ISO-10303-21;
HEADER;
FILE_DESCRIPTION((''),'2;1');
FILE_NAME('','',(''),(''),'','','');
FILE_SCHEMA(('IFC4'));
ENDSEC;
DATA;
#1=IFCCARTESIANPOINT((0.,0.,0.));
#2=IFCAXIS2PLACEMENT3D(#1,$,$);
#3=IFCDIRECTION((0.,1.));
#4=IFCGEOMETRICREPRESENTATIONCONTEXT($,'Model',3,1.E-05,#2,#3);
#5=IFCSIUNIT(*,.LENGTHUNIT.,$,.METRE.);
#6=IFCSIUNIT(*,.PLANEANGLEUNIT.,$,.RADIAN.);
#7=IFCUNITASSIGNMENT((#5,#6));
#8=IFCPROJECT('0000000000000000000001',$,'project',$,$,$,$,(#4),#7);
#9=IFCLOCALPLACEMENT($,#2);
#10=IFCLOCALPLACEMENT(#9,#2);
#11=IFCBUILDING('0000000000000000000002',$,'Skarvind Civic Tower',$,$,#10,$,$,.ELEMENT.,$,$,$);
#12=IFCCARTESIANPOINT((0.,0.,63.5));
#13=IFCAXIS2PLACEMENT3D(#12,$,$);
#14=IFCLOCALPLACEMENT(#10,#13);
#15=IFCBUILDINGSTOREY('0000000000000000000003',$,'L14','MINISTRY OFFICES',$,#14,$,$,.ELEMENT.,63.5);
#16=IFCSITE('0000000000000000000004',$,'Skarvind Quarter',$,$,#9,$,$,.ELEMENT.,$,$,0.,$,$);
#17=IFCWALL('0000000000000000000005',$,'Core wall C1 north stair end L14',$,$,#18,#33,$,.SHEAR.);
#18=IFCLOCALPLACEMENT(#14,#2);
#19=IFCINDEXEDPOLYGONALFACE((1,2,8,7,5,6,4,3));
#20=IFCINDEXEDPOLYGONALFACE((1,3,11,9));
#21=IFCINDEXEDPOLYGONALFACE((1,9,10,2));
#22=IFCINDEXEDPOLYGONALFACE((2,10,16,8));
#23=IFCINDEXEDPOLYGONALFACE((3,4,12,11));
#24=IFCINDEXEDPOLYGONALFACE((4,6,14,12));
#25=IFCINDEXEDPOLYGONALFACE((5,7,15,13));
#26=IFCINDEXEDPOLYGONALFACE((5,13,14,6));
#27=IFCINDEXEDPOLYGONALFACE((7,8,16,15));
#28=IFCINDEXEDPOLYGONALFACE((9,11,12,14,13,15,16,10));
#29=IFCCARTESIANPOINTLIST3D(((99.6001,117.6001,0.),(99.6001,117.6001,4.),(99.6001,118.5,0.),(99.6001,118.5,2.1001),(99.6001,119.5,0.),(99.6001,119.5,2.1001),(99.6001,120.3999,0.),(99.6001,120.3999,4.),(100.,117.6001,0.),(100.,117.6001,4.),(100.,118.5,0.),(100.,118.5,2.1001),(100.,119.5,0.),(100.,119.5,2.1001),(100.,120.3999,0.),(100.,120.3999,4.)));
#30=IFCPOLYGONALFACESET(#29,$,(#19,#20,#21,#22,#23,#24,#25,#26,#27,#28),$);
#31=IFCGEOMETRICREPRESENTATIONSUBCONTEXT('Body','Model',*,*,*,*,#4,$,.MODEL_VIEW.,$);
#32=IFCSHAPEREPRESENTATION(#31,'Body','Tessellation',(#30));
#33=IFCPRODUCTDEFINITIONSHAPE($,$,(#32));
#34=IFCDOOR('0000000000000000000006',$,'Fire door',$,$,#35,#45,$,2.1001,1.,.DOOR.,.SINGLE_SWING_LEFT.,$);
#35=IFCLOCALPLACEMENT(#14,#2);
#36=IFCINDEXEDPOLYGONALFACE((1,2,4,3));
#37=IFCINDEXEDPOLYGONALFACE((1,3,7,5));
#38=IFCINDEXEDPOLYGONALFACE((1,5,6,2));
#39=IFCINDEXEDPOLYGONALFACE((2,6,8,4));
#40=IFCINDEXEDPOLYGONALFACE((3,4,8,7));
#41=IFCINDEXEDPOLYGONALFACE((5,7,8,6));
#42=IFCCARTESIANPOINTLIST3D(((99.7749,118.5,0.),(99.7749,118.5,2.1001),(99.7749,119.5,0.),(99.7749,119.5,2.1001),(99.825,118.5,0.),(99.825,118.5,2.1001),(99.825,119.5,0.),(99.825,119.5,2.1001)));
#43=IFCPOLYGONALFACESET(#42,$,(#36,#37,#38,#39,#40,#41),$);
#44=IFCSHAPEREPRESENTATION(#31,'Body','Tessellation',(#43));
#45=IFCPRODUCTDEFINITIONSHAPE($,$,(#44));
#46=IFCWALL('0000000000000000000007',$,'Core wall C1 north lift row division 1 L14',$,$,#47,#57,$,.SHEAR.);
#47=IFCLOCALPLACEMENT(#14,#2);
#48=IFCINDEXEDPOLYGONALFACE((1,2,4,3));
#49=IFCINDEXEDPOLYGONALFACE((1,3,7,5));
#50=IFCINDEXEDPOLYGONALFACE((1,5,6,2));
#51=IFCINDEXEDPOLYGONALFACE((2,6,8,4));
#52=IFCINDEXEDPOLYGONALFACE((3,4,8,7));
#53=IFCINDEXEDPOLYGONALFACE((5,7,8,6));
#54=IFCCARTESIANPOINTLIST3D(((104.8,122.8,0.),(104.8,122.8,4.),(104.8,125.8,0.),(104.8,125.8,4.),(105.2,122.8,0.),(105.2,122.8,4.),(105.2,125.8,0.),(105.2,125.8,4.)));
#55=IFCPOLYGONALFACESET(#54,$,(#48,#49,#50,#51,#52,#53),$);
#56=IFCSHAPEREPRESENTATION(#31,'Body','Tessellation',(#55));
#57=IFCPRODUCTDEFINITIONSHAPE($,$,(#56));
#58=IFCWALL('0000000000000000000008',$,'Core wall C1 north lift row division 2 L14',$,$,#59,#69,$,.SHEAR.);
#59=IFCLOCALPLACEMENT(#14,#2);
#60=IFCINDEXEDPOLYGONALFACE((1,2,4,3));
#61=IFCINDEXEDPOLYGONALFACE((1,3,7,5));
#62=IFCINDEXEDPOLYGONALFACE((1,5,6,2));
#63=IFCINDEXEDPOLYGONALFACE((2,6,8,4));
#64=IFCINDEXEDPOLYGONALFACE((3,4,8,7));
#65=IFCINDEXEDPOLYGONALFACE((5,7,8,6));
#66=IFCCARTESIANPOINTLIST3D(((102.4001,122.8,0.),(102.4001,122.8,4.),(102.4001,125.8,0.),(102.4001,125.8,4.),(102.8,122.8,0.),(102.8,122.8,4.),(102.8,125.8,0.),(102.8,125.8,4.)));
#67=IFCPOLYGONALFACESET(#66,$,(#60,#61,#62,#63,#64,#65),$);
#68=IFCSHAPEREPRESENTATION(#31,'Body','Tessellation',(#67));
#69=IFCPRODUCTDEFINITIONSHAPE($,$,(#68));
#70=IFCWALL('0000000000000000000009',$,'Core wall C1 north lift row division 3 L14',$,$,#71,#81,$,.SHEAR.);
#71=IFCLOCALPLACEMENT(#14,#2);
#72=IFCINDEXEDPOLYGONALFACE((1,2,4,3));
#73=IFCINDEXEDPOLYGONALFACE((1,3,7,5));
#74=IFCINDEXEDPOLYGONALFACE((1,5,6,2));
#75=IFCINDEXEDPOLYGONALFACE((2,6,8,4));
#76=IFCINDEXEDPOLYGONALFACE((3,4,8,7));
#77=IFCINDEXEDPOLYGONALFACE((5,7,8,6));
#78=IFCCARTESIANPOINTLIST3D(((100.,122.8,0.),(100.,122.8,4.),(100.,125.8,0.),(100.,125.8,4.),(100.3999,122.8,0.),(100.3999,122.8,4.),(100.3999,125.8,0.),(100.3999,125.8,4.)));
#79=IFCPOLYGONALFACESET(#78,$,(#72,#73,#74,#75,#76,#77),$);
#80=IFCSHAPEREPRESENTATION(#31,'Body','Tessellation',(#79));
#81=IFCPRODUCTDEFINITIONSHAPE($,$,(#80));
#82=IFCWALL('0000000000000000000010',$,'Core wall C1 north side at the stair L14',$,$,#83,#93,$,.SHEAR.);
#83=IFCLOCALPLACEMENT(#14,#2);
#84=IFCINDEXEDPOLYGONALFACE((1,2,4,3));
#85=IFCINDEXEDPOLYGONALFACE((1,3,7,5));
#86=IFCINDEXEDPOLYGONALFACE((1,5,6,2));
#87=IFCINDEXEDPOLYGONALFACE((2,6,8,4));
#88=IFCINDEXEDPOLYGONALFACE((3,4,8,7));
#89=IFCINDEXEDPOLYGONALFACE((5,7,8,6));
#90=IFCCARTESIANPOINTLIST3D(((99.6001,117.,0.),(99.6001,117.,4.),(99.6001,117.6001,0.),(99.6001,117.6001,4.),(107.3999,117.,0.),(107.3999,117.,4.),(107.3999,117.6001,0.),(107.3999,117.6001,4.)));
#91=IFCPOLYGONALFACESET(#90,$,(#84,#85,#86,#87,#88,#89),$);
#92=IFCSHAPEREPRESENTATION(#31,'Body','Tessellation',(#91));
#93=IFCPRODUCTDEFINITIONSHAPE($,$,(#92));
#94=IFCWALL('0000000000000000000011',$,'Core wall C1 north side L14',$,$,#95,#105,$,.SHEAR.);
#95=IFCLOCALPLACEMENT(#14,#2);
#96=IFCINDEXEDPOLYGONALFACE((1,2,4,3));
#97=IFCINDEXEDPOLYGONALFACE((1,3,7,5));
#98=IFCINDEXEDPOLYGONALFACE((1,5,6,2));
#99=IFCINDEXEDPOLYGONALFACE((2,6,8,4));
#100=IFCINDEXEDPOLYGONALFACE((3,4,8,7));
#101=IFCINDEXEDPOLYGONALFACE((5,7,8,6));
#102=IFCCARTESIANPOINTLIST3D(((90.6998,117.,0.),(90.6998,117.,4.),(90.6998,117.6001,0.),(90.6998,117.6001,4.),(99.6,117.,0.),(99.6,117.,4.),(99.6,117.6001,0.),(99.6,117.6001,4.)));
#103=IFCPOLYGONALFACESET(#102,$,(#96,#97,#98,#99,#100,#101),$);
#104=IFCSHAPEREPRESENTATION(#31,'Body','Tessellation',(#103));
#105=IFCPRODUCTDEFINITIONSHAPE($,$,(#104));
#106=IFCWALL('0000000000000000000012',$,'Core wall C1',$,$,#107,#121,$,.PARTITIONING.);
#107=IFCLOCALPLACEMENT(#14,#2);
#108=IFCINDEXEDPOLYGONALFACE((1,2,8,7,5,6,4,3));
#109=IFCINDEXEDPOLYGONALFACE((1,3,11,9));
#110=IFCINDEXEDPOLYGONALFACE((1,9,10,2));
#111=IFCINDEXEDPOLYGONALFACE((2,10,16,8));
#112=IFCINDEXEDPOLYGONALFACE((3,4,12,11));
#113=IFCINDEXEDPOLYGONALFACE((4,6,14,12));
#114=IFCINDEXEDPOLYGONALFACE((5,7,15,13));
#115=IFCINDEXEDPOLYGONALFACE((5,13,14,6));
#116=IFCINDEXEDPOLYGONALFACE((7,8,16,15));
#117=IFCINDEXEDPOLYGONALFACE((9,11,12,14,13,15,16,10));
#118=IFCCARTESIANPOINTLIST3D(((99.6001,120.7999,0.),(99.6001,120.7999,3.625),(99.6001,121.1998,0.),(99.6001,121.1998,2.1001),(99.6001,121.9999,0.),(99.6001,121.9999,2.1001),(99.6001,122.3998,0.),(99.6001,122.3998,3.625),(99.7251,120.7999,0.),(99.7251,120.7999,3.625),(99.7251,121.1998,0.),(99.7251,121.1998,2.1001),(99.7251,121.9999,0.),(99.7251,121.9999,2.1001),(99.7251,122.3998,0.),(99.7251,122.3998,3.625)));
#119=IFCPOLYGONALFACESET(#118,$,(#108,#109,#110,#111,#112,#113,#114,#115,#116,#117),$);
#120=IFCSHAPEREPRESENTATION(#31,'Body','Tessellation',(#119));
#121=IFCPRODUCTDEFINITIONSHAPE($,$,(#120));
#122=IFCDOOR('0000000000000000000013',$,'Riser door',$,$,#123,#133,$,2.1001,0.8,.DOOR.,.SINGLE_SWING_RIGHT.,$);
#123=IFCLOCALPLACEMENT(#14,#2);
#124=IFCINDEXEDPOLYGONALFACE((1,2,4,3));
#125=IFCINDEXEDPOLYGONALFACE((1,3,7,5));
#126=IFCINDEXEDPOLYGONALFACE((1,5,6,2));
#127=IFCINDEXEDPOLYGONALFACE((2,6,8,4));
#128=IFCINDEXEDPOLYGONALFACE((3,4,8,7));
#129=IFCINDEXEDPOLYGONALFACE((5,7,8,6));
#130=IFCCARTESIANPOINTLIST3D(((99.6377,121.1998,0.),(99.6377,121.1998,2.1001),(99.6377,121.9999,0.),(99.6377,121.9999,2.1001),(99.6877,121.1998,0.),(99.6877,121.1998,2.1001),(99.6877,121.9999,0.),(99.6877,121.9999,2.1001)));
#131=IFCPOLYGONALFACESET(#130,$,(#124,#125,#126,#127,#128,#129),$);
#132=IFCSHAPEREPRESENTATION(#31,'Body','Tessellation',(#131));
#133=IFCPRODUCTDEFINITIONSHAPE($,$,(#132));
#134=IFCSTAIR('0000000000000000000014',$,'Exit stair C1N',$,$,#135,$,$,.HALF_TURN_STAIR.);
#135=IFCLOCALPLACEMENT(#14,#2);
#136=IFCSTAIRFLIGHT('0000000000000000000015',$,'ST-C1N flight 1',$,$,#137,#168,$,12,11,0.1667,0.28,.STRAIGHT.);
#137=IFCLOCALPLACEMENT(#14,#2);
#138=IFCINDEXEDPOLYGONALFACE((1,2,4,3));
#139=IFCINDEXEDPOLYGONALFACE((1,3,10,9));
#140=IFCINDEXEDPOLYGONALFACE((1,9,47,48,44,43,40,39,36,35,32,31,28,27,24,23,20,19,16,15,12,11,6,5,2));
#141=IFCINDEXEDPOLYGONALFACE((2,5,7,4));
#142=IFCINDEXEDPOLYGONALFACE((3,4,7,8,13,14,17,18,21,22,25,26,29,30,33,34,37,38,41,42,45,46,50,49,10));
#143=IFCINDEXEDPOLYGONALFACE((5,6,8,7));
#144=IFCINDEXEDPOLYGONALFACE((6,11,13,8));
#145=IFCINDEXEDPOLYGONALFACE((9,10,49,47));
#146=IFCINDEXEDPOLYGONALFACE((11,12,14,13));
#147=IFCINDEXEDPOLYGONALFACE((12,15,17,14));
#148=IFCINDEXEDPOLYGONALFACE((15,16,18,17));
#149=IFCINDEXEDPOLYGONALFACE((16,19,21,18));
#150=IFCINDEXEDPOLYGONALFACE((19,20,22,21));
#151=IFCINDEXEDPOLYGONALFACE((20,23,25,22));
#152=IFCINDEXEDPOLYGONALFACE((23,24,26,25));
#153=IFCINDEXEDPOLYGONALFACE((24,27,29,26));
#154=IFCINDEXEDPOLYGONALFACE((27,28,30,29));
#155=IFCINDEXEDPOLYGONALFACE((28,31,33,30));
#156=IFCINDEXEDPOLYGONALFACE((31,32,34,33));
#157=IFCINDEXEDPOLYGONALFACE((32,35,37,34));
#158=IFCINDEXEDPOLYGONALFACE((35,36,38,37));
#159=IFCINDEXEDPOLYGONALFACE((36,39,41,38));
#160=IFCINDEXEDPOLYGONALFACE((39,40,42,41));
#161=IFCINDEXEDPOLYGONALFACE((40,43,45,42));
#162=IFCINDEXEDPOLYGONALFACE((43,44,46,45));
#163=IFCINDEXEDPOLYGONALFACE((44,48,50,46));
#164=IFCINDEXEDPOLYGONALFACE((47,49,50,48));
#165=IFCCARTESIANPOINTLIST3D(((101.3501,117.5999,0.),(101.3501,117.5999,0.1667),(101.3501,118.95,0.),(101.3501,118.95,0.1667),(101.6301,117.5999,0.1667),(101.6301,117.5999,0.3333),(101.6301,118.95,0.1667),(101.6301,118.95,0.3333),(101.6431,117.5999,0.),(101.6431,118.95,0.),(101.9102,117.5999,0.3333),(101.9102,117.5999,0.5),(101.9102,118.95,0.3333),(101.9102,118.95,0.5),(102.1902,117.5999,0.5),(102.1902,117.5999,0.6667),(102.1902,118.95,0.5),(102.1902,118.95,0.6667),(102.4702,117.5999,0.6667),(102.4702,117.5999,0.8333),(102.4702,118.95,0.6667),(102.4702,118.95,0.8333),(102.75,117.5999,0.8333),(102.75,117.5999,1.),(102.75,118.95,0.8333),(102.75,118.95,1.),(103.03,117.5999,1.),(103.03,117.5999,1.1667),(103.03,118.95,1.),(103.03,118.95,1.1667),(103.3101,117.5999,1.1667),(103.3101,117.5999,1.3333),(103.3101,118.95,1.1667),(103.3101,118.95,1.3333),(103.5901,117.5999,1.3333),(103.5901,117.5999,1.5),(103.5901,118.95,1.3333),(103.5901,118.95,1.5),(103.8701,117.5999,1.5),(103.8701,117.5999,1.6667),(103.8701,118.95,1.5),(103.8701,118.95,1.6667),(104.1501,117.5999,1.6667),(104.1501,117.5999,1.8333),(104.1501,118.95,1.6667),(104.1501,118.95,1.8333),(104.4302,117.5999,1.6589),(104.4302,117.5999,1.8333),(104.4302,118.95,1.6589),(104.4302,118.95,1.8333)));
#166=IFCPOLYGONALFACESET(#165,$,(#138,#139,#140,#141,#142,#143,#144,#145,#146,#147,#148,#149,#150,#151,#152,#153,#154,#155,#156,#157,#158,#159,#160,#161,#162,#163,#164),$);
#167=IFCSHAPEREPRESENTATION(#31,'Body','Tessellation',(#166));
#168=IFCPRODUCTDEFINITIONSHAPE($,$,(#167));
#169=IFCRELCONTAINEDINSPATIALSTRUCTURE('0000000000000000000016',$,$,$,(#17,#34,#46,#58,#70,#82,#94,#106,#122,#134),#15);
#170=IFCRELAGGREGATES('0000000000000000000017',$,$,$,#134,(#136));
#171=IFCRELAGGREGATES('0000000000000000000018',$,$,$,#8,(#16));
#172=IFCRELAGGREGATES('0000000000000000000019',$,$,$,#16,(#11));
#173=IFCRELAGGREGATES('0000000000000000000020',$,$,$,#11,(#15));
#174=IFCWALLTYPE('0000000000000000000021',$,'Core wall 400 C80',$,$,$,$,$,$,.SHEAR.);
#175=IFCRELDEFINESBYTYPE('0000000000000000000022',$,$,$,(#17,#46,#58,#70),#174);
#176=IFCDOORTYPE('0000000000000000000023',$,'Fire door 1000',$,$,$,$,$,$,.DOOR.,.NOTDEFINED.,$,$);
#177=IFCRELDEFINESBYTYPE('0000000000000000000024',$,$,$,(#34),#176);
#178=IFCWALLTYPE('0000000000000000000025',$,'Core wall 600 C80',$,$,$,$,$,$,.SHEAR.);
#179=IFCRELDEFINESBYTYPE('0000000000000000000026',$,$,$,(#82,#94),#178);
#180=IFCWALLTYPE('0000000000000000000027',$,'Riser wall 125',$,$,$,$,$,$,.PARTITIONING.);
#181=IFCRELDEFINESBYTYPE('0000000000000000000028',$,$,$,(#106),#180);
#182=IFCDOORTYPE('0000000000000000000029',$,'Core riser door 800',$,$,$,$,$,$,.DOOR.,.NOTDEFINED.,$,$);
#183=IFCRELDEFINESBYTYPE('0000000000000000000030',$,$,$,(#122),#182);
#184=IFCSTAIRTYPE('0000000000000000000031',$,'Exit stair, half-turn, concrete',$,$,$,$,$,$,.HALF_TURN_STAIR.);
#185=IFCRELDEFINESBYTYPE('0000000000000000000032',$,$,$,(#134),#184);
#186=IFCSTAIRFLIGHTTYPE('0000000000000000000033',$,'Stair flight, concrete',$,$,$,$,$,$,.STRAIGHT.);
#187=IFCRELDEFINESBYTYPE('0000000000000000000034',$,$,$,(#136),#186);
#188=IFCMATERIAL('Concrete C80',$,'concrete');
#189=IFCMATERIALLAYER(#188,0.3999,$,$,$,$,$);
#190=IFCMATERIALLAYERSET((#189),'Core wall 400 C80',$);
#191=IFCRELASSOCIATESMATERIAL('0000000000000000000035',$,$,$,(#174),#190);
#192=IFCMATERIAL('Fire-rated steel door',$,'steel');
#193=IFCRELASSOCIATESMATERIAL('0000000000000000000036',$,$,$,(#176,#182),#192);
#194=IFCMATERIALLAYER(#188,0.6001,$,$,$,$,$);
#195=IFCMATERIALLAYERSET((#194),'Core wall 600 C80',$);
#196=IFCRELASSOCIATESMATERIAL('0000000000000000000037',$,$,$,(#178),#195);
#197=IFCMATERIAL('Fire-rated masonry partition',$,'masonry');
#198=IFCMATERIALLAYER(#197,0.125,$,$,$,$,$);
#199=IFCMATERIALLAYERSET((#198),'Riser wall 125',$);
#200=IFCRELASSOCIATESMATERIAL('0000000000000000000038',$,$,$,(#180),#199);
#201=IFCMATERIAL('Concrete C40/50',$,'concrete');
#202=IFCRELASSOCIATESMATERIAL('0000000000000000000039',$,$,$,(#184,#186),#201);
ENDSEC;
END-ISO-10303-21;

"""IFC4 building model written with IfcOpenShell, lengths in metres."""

from ifc_helpers import new_model, si_unit, direction, frame, frame_2d, origin, place, context, subcontext, project, spatial, polyline, rectangle, outline, extrude, material, layer, layer_set, type_object, element, fill, aggregate, save


model = new_model("IFC4")

# Units and contexts
model_context = context("Model", 3, precision=1e-05, world=origin(), true_north=direction((0.0, 1.0)))
body_context = subcontext(model_context, "Body", "Model", "MODEL_VIEW")
ifc_project = project(units=[si_unit("LENGTHUNIT", "METRE"), si_unit("PLANEANGLEUNIT", "RADIAN")], contexts=[model_context])

# Site, building, storey
site_placement = place(None, origin())
site = spatial("IfcSite", under=ifc_project, at=site_placement, Name="Skarvind Quarter", CompositionType="ELEMENT", RefElevation=0.0)
building_placement = place(site_placement, origin())
building = spatial("IfcBuilding", under=site, at=building_placement, Name="Skarvind Civic Tower", CompositionType="ELEMENT")
storey_placement = place(building_placement, frame((0.0, 0.0, 63.5)))
storey = spatial("IfcBuildingStorey", under=building, at=storey_placement, Name="L14", Description="MINISTRY OFFICES", CompositionType="ELEMENT", Elevation=63.5)

# Wall, opening, door
ifc_material_1 = material(Name="Concrete C80", Category="concrete")
ifc_layer_1 = layer(ifc_material_1, 0.3999)
ifc_layer_set_1 = layer_set([ifc_layer_1], Name="Core wall 400 C80")
wall_type_1 = type_object("IfcWallType", Name="Core wall 400 C80", PredefinedType="SHEAR", material=ifc_layer_set_1)
wall_1_placement = place(storey_placement, frame((99.8, 120.3999, 0.0), z_axis=(0.0, 0.0, 1.0), x_axis=(0.0, -1.0, 0.0)))
wall_1 = element("IfcWall", 1, at=wall_1_placement, inside=storey, type_object=wall_type_1, Name="Core wall C1 north stair end L14", PredefinedType="SHEAR", context=body_context, shape_type="SweptSolid", body=[
    extrude(rectangle(XDim=2.7998, YDim=0.3999, at=frame_2d((1.3999, 0.0))), origin(), (0.0, 0.0, 1.0), 4.0),
])
opening_1_placement = place(wall_1_placement, frame((0.8999, 0.0, 0.0)))
opening_1 = element("IfcOpeningElement", 2, at=opening_1_placement, cuts=wall_1, PredefinedType="OPENING", context=body_context, shape_type="SweptSolid", body=[
    extrude(rectangle(XDim=1.0, YDim=2.1001, at=frame_2d((0.5, 1.05))), frame((0.0, 0.21, 0.0), z_axis=(0.0, -1.0, 0.0), x_axis=(1.0, 0.0, 0.0)), (0.0, 0.0, 1.0), 0.4199),
])
ifc_material_2 = material(Name="Fire-rated steel door", Category="steel")
door_type_1 = type_object("IfcDoorType", Name="Fire door 1000", OperationType="NOTDEFINED", PredefinedType="DOOR", material=ifc_material_2)
door_1_placement = place(opening_1_placement, origin())
door_1 = element("IfcDoor", 3, at=door_1_placement, inside=storey, type_object=door_type_1, Name="Fire door", OperationType="SINGLE_SWING_LEFT", OverallHeight=2.1001, OverallWidth=1.0, PredefinedType="DOOR", context=body_context, shape_type="SweptSolid", body=[
    extrude(rectangle(XDim=1.0, YDim=2.1001, at=frame_2d((0.5, 1.05))), frame((0.0, 0.0249, 0.0), z_axis=(0.0, -1.0, 0.0), x_axis=(1.0, 0.0, 0.0)), (0.0, 0.0, 1.0), 0.05),
])
fill(opening_1, door_1)

# Walls
for number, where, z_axis, x_axis, name in (
    (4, (105.0, 125.8, 0.0), (0.0, 0.0, 1.0), (0.0, -1.0, 0.0), "Core wall C1 north lift row division 1 L14"),
    (5, (102.6001, 125.8, 0.0), (0.0, 0.0, 1.0), (0.0, -1.0, 0.0), "Core wall C1 north lift row division 2 L14"),
    (6, (100.2, 125.8, 0.0), (0.0, 0.0, 1.0), (0.0, -1.0, 0.0), "Core wall C1 north lift row division 3 L14"),
):
    element("IfcWall", number, at=place(storey_placement, frame(where, z_axis=z_axis, x_axis=x_axis)), inside=storey, type_object=wall_type_1, Name=name, PredefinedType="SHEAR", context=body_context, shape_type="SweptSolid", body=[
        extrude(rectangle(XDim=3.0, YDim=0.3999, at=frame_2d((1.5, 0.0))), origin(), (0.0, 0.0, 1.0), 4.0),
    ])
ifc_layer_2 = layer(ifc_material_1, 0.6001)
ifc_layer_set_2 = layer_set([ifc_layer_2], Name="Core wall 600 C80")
wall_type_2 = type_object("IfcWallType", Name="Core wall 600 C80", PredefinedType="SHEAR", material=ifc_layer_set_2)
wall_2_placement = place(storey_placement, frame((107.3999, 117.3, 0.0), z_axis=(0.0, 0.0, 1.0), x_axis=(-1.0, 0.0, 0.0)))
element("IfcWall", 7, at=wall_2_placement, inside=storey, type_object=wall_type_2, Name="Core wall C1 north side at the stair L14", PredefinedType="SHEAR", context=body_context, shape_type="SweptSolid", body=[
    extrude(rectangle(XDim=7.7998, YDim=0.6001, at=frame_2d((3.8999, 0.0))), origin(), (0.0, 0.0, 1.0), 4.0),
])
wall_3_placement = place(storey_placement, frame((99.6001, 117.3, 0.0), z_axis=(0.0, 0.0, 1.0), x_axis=(-1.0, 0.0, 0.0)))
element("IfcWall", 8, at=wall_3_placement, inside=storey, type_object=wall_type_2, Name="Core wall C1 north side L14", PredefinedType="SHEAR", context=body_context, shape_type="SweptSolid", body=[
    extrude(rectangle(XDim=8.9001, YDim=0.6001, at=frame_2d((4.4502, 0.0))), origin(), (0.0, 0.0, 1.0), 4.0),
])

# Wall, opening, door
ifc_material_3 = material(Name="Fire-rated masonry partition", Category="masonry")
ifc_layer_3 = layer(ifc_material_3, 0.125)
ifc_layer_set_3 = layer_set([ifc_layer_3], Name="Riser wall 125")
wall_type_3 = type_object("IfcWallType", Name="Riser wall 125", PredefinedType="PARTITIONING", material=ifc_layer_set_3)
wall_4_placement = place(storey_placement, frame((99.6626, 120.8, 0.0), z_axis=(0.0, 0.0, 1.0), x_axis=(0.0, 1.0, 0.0)))
wall_4 = element("IfcWall", 9, at=wall_4_placement, inside=storey, type_object=wall_type_3, Name="Core wall C1", PredefinedType="PARTITIONING", context=body_context, shape_type="SweptSolid", body=[
    extrude(rectangle(XDim=1.5999, YDim=0.125, at=frame_2d((0.7998, 0.0))), origin(), (0.0, 0.0, 1.0), 3.625),
])
opening_2_placement = place(wall_4_placement, frame((0.3999, 0.0, 0.0)))
opening_2 = element("IfcOpeningElement", 10, at=opening_2_placement, cuts=wall_4, PredefinedType="OPENING", context=body_context, shape_type="SweptSolid", body=[
    extrude(rectangle(XDim=0.8, YDim=2.1001, at=frame_2d((0.3999, 1.05))), frame((0.0, 0.0725, 0.0), z_axis=(0.0, -1.0, 0.0), x_axis=(1.0, 0.0, 0.0)), (0.0, 0.0, 1.0), 0.145),
])
door_type_2 = type_object("IfcDoorType", Name="Core riser door 800", OperationType="NOTDEFINED", PredefinedType="DOOR", material=ifc_material_2)
door_2_placement = place(opening_2_placement, origin())
door_2 = element("IfcDoor", 11, at=door_2_placement, inside=storey, type_object=door_type_2, Name="Riser door", OperationType="SINGLE_SWING_RIGHT", OverallHeight=2.1001, OverallWidth=0.8, PredefinedType="DOOR", context=body_context, shape_type="SweptSolid", body=[
    extrude(rectangle(XDim=0.8, YDim=2.1001, at=frame_2d((0.3999, 1.05))), frame((0.0, 0.0249, 0.0), z_axis=(0.0, -1.0, 0.0), x_axis=(1.0, 0.0, 0.0)), (0.0, 0.0, 1.0), 0.05),
])
fill(opening_2, door_2)

# Stair, stair flight
ifc_material_4 = material(Name="Concrete C40/50", Category="concrete")
stair_type = type_object("IfcStairType", Name="Exit stair, half-turn, concrete", PredefinedType="HALF_TURN_STAIR", material=ifc_material_4)
stair_placement = place(storey_placement, origin())
stair = element("IfcStair", 12, at=stair_placement, inside=storey, type_object=stair_type, Name="Exit stair C1N", PredefinedType="HALF_TURN_STAIR")
stair_flight_type = type_object("IfcStairFlightType", Name="Stair flight, concrete", PredefinedType="STRAIGHT", material=ifc_material_4)
stair_flight_1_placement = place(storey_placement, frame((101.3501, 118.2749, 0.0), z_axis=(0.0, 0.0, 1.0), x_axis=(1.0, 0.0, 0.0)))
stair_flight_1 = element("IfcStairFlight", 13, at=stair_flight_1_placement, type_object=stair_flight_type, Name="ST-C1N flight 1", NumberOfRisers=12, NumberOfTreads=11, PredefinedType="STRAIGHT", RiserHeight=0.1667, TreadLength=0.28, context=body_context, shape_type="SweptSolid", body=[
    extrude(outline(polyline([(0.0, 0.0), (0.0, 0.1667), (0.28, 0.1667), (0.28, 0.3333), (0.5601, 0.3333), (0.5601, 0.5), (0.8401, 0.5), (0.8401, 0.6667), (1.1201, 0.6667), (1.1201, 0.8333), (1.3999, 0.8333), (1.3999, 1.0), (1.6799, 1.0), (1.6799, 1.1667), (1.96, 1.1667), (1.96, 1.3333), (2.24, 1.3333), (2.24, 1.5), (2.52, 1.5), (2.52, 1.6667), (2.8, 1.6667), (2.8, 1.8333), (3.0801, 1.8333), (3.0801, 2.0), (3.0801, 1.6589), (0.293, 0.0), (0.0, 0.0)])), frame((0.0, 0.675, 0.0), z_axis=(0.0, -1.0, 0.0), x_axis=(1.0, 0.0, 0.0)), (0.0, 0.0, 1.0), 1.3501),
])
aggregate(stair, [stair_flight_1])

save(model, "model.ifc")
